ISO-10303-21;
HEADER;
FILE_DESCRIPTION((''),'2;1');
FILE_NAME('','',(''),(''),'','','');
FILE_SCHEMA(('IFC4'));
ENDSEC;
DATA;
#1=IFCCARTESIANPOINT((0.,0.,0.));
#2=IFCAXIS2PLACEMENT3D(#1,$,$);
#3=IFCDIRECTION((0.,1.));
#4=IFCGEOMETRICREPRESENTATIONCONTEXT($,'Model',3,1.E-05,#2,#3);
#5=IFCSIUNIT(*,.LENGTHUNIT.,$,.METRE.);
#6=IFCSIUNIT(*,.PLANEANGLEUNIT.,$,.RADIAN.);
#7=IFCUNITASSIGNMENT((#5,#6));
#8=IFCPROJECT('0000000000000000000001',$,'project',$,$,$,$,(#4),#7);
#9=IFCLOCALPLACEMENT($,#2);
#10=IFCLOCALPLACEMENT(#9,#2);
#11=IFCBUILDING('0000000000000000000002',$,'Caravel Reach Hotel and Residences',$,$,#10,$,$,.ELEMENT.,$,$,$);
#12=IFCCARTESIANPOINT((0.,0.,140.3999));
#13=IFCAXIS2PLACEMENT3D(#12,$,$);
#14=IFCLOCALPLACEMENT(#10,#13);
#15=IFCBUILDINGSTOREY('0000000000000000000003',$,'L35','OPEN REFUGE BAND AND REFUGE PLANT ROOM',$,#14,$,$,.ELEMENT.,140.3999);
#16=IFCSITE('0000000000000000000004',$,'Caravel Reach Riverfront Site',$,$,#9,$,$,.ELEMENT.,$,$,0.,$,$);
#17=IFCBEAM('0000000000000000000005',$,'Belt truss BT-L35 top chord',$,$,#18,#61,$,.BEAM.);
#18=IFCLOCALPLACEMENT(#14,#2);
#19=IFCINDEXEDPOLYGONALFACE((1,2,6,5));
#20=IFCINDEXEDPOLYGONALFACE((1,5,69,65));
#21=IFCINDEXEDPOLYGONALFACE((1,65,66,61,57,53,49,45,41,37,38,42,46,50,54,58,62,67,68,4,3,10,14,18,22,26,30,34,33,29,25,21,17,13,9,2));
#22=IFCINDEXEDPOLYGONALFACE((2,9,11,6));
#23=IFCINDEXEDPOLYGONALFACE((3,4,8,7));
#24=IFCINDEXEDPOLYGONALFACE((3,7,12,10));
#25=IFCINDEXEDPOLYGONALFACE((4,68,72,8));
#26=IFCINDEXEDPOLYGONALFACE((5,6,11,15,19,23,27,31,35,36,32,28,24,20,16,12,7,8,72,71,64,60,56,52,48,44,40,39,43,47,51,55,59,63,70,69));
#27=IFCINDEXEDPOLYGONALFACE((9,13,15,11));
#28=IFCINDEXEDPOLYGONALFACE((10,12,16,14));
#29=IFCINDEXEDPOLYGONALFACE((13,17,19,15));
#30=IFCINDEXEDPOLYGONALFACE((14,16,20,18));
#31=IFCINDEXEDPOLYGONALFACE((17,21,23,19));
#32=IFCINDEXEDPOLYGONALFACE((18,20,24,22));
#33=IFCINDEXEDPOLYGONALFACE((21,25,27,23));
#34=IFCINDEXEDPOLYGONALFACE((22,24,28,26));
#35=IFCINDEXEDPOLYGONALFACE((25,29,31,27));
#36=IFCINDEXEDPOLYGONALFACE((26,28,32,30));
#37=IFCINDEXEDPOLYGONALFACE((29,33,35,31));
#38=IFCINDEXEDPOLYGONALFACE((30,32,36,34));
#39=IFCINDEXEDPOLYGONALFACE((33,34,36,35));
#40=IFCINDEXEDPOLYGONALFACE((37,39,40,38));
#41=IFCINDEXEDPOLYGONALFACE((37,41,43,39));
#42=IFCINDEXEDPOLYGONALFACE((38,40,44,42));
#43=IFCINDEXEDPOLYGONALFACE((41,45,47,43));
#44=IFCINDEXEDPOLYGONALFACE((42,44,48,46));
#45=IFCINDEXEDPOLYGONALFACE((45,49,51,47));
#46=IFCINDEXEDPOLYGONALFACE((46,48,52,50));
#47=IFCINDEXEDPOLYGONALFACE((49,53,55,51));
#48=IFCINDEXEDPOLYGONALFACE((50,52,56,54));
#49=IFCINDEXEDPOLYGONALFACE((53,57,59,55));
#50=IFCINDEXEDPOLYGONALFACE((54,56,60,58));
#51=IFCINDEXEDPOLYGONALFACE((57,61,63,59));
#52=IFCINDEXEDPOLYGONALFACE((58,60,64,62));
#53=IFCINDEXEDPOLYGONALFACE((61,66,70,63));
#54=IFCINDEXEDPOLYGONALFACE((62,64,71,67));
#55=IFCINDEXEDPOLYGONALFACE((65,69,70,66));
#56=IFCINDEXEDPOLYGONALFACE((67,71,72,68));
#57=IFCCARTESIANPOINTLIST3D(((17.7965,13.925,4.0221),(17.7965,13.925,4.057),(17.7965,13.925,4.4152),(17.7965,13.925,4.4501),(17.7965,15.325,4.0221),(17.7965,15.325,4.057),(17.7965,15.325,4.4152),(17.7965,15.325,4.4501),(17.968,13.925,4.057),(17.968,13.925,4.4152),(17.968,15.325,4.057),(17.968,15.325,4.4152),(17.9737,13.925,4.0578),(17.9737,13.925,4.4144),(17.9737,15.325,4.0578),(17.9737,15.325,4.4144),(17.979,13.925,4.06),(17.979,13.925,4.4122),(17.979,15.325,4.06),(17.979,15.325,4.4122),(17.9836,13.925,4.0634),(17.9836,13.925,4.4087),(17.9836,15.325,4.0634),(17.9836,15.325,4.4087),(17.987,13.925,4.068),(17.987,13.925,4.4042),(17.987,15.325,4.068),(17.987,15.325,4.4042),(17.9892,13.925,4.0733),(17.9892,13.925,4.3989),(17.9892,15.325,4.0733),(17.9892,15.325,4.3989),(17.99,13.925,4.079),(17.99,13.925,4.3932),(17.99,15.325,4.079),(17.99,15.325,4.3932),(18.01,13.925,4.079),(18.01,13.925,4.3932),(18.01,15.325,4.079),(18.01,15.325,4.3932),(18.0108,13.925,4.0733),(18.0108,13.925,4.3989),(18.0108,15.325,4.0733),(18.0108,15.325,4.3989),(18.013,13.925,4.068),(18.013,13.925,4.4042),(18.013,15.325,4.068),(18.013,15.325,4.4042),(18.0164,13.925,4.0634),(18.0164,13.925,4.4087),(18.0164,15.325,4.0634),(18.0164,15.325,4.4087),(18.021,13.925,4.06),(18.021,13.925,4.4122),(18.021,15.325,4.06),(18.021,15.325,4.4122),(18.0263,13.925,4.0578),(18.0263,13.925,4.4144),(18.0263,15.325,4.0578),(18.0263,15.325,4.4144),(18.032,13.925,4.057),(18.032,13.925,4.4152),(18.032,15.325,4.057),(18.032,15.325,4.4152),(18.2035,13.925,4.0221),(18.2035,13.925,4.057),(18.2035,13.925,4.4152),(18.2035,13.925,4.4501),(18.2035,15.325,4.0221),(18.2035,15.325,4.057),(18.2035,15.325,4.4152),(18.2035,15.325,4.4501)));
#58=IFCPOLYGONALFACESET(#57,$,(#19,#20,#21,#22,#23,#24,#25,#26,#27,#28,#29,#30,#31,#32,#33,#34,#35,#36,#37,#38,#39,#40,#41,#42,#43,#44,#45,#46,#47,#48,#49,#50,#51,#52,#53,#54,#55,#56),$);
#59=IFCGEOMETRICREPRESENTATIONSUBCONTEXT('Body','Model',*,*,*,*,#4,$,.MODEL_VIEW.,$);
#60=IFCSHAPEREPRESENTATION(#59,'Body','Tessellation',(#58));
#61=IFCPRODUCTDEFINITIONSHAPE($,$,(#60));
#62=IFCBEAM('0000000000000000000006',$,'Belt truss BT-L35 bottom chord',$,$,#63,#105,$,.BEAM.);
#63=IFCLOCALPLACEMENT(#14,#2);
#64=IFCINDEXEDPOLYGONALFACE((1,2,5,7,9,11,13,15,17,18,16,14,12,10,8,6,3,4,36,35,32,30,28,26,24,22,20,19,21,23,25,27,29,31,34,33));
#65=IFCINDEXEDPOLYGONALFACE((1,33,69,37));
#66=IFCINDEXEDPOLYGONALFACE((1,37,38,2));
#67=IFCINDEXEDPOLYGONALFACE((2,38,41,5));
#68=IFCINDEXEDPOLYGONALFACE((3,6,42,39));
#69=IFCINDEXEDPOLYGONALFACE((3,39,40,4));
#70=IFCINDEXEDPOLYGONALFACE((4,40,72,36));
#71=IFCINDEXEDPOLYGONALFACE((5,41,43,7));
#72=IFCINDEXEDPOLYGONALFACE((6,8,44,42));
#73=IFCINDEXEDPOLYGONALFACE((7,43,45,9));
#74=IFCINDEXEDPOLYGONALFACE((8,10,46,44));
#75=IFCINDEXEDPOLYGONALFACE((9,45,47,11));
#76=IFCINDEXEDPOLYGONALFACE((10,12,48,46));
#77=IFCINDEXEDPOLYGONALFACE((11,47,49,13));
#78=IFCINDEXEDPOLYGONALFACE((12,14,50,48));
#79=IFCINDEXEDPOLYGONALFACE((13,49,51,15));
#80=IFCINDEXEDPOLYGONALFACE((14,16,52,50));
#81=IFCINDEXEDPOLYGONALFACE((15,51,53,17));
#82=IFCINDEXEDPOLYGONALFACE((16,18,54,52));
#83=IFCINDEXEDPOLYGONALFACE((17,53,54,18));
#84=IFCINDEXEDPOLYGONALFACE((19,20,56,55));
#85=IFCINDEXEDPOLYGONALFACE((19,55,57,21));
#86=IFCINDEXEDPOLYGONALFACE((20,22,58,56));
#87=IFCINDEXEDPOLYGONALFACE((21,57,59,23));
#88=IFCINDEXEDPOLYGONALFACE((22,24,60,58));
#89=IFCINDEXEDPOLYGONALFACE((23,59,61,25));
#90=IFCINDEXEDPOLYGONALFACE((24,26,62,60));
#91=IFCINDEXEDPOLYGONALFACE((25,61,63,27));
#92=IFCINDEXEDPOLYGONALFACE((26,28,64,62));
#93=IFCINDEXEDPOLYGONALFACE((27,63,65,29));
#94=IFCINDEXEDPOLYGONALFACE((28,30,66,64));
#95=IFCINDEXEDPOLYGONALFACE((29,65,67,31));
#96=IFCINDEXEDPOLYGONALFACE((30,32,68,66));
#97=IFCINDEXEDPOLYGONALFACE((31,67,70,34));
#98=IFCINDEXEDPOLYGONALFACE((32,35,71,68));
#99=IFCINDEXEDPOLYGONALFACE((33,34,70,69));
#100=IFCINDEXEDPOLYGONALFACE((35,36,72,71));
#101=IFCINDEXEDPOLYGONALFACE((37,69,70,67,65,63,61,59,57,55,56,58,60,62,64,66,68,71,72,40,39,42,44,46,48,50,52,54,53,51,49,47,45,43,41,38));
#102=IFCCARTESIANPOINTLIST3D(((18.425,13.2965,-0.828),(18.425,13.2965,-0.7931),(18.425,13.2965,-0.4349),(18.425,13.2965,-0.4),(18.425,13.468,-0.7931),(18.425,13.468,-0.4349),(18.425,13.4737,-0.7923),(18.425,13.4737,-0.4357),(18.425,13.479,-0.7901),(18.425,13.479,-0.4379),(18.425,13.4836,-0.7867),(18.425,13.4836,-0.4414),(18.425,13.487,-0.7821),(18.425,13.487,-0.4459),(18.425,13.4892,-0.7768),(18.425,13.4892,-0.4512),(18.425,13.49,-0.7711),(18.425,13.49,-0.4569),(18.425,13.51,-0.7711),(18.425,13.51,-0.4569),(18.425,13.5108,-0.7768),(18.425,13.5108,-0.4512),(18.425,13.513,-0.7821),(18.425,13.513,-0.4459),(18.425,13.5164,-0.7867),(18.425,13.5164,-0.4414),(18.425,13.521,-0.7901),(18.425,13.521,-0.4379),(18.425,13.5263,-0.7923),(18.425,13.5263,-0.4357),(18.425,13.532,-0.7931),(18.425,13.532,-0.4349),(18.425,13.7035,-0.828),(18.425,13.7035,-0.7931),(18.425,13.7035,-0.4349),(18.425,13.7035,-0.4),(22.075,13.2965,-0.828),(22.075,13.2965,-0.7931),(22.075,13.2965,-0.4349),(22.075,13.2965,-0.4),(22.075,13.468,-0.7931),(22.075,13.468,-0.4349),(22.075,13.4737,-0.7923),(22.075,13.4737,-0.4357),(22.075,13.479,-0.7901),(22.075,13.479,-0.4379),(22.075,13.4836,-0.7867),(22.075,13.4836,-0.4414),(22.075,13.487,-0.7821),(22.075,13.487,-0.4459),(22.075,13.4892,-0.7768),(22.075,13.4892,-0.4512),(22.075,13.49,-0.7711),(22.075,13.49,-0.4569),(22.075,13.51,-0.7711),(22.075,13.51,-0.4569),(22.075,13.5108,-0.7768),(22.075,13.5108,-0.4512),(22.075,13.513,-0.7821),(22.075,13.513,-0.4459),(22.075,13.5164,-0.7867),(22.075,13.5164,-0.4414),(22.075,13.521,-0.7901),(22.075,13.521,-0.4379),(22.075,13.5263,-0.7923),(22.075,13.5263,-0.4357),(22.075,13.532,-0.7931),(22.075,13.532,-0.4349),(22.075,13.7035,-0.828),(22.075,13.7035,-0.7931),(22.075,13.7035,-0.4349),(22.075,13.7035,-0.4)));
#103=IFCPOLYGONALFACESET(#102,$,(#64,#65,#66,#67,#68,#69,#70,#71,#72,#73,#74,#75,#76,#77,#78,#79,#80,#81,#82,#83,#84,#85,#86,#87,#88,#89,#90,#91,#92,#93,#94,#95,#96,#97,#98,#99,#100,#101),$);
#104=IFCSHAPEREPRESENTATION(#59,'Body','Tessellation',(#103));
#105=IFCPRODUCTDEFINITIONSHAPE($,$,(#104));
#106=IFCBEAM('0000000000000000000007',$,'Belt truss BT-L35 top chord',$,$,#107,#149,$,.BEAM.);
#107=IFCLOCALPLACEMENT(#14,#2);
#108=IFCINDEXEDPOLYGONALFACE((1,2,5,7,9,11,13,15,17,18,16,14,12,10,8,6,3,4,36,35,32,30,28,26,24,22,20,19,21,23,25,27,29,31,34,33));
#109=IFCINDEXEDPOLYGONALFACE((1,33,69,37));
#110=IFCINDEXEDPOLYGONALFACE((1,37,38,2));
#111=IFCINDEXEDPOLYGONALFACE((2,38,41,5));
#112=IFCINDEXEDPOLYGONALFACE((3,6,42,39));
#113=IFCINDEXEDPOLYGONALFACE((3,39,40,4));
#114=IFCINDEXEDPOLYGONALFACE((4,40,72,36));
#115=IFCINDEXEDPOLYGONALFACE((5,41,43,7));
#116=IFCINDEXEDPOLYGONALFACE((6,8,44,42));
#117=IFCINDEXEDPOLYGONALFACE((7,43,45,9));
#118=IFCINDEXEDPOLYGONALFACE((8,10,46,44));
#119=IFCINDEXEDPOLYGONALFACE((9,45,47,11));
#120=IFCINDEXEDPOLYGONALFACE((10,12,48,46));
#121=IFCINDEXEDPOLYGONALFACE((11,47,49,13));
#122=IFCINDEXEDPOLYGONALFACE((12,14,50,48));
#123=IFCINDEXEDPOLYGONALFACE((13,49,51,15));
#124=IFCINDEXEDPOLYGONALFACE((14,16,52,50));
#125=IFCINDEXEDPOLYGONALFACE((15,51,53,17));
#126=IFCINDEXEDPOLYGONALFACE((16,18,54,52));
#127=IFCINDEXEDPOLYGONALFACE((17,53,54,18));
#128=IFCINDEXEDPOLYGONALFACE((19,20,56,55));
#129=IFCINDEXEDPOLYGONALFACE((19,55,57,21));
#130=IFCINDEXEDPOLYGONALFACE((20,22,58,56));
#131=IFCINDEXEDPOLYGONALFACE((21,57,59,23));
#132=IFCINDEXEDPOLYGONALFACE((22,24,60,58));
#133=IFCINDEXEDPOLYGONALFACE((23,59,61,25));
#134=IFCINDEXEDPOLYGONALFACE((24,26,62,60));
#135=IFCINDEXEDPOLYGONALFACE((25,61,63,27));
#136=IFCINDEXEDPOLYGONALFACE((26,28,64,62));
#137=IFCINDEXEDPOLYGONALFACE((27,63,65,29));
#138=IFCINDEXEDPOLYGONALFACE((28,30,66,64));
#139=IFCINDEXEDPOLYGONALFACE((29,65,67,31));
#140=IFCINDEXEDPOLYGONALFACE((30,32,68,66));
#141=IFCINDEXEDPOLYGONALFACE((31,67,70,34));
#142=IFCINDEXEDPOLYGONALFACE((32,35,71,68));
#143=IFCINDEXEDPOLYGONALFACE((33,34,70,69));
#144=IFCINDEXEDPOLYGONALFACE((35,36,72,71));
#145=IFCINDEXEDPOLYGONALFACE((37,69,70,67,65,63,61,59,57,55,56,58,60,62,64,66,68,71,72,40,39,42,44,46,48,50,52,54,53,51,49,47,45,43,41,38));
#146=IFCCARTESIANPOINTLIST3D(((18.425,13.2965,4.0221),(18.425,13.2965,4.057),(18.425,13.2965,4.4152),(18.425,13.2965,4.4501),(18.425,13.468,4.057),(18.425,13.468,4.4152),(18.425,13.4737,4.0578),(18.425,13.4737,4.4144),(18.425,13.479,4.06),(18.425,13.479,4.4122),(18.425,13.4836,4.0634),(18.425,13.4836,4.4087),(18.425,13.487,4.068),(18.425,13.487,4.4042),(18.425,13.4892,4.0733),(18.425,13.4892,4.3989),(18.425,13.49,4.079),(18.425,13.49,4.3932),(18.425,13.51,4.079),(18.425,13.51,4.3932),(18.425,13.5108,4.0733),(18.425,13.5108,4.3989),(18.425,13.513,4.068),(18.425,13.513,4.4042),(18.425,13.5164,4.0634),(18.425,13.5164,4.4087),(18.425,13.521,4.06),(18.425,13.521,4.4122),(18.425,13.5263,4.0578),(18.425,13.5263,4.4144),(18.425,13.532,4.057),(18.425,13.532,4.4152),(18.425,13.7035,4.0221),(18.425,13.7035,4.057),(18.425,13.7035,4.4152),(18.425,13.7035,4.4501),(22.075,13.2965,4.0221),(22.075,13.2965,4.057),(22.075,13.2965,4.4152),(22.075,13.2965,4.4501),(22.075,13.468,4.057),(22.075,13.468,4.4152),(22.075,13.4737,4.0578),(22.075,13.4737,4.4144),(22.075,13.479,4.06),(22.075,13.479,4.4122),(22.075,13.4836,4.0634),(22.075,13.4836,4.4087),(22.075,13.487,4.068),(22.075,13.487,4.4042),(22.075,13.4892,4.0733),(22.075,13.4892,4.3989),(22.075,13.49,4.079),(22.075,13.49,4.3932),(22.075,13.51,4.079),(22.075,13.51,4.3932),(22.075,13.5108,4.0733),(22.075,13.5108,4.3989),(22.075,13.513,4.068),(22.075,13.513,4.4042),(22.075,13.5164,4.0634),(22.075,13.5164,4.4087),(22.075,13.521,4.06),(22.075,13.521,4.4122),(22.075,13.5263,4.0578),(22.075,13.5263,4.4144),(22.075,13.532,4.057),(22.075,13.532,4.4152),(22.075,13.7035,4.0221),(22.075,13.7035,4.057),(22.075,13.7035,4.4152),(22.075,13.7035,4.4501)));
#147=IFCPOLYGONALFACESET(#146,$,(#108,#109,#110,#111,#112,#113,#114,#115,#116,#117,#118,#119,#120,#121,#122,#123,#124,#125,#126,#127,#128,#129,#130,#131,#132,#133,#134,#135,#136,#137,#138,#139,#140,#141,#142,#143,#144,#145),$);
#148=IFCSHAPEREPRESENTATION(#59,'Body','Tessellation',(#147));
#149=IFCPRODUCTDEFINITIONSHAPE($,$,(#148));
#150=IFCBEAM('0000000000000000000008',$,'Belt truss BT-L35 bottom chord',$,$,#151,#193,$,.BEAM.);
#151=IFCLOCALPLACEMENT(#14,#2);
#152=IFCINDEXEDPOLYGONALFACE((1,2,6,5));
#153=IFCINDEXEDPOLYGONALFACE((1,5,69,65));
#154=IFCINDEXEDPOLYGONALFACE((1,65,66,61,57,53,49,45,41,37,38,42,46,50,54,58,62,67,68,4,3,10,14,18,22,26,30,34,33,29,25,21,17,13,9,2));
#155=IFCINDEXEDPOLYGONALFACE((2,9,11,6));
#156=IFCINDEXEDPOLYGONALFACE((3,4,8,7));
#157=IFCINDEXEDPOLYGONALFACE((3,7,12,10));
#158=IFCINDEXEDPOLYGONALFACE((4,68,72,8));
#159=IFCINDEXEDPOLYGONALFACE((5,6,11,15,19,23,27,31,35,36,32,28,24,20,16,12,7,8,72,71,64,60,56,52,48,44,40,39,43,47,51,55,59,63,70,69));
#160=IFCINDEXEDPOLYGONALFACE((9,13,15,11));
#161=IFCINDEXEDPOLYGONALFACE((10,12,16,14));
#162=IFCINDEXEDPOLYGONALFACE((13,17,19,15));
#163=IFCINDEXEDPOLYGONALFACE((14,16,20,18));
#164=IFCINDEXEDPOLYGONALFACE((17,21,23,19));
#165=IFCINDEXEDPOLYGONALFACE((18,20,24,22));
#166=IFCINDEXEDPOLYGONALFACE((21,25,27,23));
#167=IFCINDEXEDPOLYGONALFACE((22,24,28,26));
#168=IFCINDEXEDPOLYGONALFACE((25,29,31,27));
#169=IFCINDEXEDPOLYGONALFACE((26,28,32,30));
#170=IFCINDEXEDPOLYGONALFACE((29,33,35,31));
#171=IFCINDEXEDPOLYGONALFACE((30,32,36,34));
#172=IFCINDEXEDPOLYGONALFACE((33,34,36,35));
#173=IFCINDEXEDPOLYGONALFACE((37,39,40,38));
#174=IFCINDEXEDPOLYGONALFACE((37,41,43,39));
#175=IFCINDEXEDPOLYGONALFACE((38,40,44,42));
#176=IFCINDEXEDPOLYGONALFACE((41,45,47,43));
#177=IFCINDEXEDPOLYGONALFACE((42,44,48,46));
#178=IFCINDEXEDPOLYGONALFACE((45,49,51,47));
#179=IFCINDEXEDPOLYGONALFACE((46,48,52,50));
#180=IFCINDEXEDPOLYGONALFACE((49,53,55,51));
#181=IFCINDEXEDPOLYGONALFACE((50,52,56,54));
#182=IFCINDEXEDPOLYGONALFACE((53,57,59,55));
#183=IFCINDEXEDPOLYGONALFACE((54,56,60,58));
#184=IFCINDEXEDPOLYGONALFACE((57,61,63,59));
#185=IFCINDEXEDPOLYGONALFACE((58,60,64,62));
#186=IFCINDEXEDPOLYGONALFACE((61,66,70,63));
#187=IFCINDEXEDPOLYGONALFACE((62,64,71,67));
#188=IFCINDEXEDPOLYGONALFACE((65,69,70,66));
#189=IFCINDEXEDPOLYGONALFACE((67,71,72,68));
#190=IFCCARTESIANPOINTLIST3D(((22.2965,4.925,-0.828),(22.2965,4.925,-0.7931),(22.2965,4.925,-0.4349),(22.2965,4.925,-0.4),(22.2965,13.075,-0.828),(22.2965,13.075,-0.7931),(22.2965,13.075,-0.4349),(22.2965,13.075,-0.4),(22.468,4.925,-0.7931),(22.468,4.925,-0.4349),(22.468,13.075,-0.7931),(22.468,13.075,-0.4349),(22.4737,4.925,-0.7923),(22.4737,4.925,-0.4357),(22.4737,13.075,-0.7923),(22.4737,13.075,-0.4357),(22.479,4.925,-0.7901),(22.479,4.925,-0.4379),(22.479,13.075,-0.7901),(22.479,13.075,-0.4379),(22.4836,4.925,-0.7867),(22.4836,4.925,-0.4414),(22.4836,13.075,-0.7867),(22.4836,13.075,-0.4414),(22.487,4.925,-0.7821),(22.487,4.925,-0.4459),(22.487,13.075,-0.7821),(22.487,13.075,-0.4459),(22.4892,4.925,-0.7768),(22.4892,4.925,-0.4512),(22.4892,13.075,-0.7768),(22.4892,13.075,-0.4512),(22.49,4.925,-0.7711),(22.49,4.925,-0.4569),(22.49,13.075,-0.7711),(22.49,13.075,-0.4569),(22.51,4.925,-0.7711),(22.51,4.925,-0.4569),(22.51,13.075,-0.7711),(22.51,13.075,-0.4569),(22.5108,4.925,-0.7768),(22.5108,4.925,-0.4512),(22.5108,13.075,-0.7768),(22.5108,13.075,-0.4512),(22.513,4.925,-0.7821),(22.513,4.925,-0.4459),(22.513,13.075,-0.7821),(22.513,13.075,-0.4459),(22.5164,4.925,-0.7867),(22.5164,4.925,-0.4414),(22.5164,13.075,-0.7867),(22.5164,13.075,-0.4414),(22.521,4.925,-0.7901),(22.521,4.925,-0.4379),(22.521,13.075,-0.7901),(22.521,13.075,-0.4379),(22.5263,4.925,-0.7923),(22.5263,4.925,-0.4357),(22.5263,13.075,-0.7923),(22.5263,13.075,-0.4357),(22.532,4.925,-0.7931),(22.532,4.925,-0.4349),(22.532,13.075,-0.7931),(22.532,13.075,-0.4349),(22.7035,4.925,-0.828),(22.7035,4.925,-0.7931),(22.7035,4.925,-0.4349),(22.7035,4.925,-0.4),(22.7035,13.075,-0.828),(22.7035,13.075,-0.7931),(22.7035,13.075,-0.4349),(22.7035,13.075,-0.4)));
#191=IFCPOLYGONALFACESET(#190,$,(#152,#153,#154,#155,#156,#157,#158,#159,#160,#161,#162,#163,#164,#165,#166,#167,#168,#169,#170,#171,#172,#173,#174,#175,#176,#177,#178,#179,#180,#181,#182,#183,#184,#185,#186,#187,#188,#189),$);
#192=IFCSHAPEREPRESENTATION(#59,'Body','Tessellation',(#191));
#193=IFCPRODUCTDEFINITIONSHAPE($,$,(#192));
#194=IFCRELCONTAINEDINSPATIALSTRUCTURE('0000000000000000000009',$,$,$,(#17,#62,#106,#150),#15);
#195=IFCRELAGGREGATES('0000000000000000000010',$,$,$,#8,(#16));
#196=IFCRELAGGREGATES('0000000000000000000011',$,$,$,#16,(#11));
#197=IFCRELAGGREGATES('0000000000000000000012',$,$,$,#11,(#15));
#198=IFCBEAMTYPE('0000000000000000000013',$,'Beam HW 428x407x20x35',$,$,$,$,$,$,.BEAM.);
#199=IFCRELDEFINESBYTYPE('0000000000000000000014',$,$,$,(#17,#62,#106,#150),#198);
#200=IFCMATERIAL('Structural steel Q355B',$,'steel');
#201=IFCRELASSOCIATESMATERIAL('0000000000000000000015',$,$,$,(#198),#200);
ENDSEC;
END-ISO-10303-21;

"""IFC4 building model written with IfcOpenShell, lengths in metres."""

from ifc_helpers import new_model, si_unit, direction, frame, origin, origin_2d, place, context, subcontext, project, spatial, i_section, extrude, material, material_profile, profile_set, type_object, element, save


model = new_model("IFC4")

# Units and contexts
model_context = context("Model", 3, precision=1e-05, world=origin(), true_north=direction((0.0, 1.0)))
body_context = subcontext(model_context, "Body", "Model", "MODEL_VIEW")
ifc_project = project(units=[si_unit("LENGTHUNIT", "METRE"), si_unit("PLANEANGLEUNIT", "RADIAN")], contexts=[model_context])

# Site, building, storey
site_placement = place(None, origin())
site = spatial("IfcSite", under=ifc_project, at=site_placement, Name="Caravel Reach Riverfront Site", CompositionType="ELEMENT", RefElevation=0.0)
building_placement = place(site_placement, origin())
building = spatial("IfcBuilding", under=site, at=building_placement, Name="Caravel Reach Hotel and Residences", CompositionType="ELEMENT")
storey_placement = place(building_placement, frame((0.0, 0.0, 140.3999)))
storey = spatial("IfcBuildingStorey", under=building, at=storey_placement, Name="L35", Description="OPEN REFUGE BAND AND REFUGE PLANT ROOM", CompositionType="ELEMENT", Elevation=140.3999)

# Beams
ifc_material_1 = material(Name="Structural steel Q355B", Category="steel")
ifc_material_profile_1 = material_profile(ifc_material_1, i_section(OverallWidth=0.407, OverallDepth=0.428, WebThickness=0.02, FlangeThickness=0.0349, FilletRadius=0.022, at=origin_2d()), Name="HW 428x407x20x35")
ifc_profile_set_1 = profile_set([ifc_material_profile_1], Name="Structural steel Q355B")
beam_type_1 = type_object("IfcBeamType", Name="Beam HW 428x407x20x35", PredefinedType="BEAM", material=ifc_profile_set_1)
for number, where, z_axis, x_axis, name in (
    (1, (18.0, 15.325, 4.2361), (0.0, -1.0, 0.0), (1.0, 0.0, 0.0), "Belt truss BT-L35 top chord"),
):
    element("IfcBeam", number, at=place(storey_placement, frame(where, z_axis=z_axis, x_axis=x_axis)), inside=storey, type_object=beam_type_1, Name=name, PredefinedType="BEAM", context=body_context, shape_type="SweptSolid", body=[
        extrude(i_section(OverallWidth=0.407, OverallDepth=0.428, WebThickness=0.02, FlangeThickness=0.0349, FilletRadius=0.022, at=origin_2d()), origin(), (0.0, 0.0, 1.0), 1.3999),
    ])
for number, where, z_axis, x_axis, name in (
    (2, (18.425, 13.5, -0.614), (1.0, 0.0, 0.0), (0.0, 1.0, 0.0), "Belt truss BT-L35 bottom chord"),
    (3, (18.425, 13.5, 4.2361), (1.0, 0.0, 0.0), (0.0, 1.0, 0.0), "Belt truss BT-L35 top chord"),
):
    element("IfcBeam", number, at=place(storey_placement, frame(where, z_axis=z_axis, x_axis=x_axis)), inside=storey, type_object=beam_type_1, Name=name, PredefinedType="BEAM", context=body_context, shape_type="SweptSolid", body=[
        extrude(i_section(OverallWidth=0.407, OverallDepth=0.428, WebThickness=0.02, FlangeThickness=0.0349, FilletRadius=0.022, at=origin_2d()), origin(), (0.0, 0.0, 1.0), 3.6499),
    ])
for number, where, z_axis, x_axis, name in (
    (4, (22.5, 13.075, -0.614), (0.0, -1.0, 0.0), (1.0, 0.0, 0.0), "Belt truss BT-L35 bottom chord"),
):
    element("IfcBeam", number, at=place(storey_placement, frame(where, z_axis=z_axis, x_axis=x_axis)), inside=storey, type_object=beam_type_1, Name=name, PredefinedType="BEAM", context=body_context, shape_type="SweptSolid", body=[
        extrude(i_section(OverallWidth=0.407, OverallDepth=0.428, WebThickness=0.02, FlangeThickness=0.0349, FilletRadius=0.022, at=origin_2d()), origin(), (0.0, 0.0, 1.0), 8.1499),
    ])

save(model, "model.ifc")
